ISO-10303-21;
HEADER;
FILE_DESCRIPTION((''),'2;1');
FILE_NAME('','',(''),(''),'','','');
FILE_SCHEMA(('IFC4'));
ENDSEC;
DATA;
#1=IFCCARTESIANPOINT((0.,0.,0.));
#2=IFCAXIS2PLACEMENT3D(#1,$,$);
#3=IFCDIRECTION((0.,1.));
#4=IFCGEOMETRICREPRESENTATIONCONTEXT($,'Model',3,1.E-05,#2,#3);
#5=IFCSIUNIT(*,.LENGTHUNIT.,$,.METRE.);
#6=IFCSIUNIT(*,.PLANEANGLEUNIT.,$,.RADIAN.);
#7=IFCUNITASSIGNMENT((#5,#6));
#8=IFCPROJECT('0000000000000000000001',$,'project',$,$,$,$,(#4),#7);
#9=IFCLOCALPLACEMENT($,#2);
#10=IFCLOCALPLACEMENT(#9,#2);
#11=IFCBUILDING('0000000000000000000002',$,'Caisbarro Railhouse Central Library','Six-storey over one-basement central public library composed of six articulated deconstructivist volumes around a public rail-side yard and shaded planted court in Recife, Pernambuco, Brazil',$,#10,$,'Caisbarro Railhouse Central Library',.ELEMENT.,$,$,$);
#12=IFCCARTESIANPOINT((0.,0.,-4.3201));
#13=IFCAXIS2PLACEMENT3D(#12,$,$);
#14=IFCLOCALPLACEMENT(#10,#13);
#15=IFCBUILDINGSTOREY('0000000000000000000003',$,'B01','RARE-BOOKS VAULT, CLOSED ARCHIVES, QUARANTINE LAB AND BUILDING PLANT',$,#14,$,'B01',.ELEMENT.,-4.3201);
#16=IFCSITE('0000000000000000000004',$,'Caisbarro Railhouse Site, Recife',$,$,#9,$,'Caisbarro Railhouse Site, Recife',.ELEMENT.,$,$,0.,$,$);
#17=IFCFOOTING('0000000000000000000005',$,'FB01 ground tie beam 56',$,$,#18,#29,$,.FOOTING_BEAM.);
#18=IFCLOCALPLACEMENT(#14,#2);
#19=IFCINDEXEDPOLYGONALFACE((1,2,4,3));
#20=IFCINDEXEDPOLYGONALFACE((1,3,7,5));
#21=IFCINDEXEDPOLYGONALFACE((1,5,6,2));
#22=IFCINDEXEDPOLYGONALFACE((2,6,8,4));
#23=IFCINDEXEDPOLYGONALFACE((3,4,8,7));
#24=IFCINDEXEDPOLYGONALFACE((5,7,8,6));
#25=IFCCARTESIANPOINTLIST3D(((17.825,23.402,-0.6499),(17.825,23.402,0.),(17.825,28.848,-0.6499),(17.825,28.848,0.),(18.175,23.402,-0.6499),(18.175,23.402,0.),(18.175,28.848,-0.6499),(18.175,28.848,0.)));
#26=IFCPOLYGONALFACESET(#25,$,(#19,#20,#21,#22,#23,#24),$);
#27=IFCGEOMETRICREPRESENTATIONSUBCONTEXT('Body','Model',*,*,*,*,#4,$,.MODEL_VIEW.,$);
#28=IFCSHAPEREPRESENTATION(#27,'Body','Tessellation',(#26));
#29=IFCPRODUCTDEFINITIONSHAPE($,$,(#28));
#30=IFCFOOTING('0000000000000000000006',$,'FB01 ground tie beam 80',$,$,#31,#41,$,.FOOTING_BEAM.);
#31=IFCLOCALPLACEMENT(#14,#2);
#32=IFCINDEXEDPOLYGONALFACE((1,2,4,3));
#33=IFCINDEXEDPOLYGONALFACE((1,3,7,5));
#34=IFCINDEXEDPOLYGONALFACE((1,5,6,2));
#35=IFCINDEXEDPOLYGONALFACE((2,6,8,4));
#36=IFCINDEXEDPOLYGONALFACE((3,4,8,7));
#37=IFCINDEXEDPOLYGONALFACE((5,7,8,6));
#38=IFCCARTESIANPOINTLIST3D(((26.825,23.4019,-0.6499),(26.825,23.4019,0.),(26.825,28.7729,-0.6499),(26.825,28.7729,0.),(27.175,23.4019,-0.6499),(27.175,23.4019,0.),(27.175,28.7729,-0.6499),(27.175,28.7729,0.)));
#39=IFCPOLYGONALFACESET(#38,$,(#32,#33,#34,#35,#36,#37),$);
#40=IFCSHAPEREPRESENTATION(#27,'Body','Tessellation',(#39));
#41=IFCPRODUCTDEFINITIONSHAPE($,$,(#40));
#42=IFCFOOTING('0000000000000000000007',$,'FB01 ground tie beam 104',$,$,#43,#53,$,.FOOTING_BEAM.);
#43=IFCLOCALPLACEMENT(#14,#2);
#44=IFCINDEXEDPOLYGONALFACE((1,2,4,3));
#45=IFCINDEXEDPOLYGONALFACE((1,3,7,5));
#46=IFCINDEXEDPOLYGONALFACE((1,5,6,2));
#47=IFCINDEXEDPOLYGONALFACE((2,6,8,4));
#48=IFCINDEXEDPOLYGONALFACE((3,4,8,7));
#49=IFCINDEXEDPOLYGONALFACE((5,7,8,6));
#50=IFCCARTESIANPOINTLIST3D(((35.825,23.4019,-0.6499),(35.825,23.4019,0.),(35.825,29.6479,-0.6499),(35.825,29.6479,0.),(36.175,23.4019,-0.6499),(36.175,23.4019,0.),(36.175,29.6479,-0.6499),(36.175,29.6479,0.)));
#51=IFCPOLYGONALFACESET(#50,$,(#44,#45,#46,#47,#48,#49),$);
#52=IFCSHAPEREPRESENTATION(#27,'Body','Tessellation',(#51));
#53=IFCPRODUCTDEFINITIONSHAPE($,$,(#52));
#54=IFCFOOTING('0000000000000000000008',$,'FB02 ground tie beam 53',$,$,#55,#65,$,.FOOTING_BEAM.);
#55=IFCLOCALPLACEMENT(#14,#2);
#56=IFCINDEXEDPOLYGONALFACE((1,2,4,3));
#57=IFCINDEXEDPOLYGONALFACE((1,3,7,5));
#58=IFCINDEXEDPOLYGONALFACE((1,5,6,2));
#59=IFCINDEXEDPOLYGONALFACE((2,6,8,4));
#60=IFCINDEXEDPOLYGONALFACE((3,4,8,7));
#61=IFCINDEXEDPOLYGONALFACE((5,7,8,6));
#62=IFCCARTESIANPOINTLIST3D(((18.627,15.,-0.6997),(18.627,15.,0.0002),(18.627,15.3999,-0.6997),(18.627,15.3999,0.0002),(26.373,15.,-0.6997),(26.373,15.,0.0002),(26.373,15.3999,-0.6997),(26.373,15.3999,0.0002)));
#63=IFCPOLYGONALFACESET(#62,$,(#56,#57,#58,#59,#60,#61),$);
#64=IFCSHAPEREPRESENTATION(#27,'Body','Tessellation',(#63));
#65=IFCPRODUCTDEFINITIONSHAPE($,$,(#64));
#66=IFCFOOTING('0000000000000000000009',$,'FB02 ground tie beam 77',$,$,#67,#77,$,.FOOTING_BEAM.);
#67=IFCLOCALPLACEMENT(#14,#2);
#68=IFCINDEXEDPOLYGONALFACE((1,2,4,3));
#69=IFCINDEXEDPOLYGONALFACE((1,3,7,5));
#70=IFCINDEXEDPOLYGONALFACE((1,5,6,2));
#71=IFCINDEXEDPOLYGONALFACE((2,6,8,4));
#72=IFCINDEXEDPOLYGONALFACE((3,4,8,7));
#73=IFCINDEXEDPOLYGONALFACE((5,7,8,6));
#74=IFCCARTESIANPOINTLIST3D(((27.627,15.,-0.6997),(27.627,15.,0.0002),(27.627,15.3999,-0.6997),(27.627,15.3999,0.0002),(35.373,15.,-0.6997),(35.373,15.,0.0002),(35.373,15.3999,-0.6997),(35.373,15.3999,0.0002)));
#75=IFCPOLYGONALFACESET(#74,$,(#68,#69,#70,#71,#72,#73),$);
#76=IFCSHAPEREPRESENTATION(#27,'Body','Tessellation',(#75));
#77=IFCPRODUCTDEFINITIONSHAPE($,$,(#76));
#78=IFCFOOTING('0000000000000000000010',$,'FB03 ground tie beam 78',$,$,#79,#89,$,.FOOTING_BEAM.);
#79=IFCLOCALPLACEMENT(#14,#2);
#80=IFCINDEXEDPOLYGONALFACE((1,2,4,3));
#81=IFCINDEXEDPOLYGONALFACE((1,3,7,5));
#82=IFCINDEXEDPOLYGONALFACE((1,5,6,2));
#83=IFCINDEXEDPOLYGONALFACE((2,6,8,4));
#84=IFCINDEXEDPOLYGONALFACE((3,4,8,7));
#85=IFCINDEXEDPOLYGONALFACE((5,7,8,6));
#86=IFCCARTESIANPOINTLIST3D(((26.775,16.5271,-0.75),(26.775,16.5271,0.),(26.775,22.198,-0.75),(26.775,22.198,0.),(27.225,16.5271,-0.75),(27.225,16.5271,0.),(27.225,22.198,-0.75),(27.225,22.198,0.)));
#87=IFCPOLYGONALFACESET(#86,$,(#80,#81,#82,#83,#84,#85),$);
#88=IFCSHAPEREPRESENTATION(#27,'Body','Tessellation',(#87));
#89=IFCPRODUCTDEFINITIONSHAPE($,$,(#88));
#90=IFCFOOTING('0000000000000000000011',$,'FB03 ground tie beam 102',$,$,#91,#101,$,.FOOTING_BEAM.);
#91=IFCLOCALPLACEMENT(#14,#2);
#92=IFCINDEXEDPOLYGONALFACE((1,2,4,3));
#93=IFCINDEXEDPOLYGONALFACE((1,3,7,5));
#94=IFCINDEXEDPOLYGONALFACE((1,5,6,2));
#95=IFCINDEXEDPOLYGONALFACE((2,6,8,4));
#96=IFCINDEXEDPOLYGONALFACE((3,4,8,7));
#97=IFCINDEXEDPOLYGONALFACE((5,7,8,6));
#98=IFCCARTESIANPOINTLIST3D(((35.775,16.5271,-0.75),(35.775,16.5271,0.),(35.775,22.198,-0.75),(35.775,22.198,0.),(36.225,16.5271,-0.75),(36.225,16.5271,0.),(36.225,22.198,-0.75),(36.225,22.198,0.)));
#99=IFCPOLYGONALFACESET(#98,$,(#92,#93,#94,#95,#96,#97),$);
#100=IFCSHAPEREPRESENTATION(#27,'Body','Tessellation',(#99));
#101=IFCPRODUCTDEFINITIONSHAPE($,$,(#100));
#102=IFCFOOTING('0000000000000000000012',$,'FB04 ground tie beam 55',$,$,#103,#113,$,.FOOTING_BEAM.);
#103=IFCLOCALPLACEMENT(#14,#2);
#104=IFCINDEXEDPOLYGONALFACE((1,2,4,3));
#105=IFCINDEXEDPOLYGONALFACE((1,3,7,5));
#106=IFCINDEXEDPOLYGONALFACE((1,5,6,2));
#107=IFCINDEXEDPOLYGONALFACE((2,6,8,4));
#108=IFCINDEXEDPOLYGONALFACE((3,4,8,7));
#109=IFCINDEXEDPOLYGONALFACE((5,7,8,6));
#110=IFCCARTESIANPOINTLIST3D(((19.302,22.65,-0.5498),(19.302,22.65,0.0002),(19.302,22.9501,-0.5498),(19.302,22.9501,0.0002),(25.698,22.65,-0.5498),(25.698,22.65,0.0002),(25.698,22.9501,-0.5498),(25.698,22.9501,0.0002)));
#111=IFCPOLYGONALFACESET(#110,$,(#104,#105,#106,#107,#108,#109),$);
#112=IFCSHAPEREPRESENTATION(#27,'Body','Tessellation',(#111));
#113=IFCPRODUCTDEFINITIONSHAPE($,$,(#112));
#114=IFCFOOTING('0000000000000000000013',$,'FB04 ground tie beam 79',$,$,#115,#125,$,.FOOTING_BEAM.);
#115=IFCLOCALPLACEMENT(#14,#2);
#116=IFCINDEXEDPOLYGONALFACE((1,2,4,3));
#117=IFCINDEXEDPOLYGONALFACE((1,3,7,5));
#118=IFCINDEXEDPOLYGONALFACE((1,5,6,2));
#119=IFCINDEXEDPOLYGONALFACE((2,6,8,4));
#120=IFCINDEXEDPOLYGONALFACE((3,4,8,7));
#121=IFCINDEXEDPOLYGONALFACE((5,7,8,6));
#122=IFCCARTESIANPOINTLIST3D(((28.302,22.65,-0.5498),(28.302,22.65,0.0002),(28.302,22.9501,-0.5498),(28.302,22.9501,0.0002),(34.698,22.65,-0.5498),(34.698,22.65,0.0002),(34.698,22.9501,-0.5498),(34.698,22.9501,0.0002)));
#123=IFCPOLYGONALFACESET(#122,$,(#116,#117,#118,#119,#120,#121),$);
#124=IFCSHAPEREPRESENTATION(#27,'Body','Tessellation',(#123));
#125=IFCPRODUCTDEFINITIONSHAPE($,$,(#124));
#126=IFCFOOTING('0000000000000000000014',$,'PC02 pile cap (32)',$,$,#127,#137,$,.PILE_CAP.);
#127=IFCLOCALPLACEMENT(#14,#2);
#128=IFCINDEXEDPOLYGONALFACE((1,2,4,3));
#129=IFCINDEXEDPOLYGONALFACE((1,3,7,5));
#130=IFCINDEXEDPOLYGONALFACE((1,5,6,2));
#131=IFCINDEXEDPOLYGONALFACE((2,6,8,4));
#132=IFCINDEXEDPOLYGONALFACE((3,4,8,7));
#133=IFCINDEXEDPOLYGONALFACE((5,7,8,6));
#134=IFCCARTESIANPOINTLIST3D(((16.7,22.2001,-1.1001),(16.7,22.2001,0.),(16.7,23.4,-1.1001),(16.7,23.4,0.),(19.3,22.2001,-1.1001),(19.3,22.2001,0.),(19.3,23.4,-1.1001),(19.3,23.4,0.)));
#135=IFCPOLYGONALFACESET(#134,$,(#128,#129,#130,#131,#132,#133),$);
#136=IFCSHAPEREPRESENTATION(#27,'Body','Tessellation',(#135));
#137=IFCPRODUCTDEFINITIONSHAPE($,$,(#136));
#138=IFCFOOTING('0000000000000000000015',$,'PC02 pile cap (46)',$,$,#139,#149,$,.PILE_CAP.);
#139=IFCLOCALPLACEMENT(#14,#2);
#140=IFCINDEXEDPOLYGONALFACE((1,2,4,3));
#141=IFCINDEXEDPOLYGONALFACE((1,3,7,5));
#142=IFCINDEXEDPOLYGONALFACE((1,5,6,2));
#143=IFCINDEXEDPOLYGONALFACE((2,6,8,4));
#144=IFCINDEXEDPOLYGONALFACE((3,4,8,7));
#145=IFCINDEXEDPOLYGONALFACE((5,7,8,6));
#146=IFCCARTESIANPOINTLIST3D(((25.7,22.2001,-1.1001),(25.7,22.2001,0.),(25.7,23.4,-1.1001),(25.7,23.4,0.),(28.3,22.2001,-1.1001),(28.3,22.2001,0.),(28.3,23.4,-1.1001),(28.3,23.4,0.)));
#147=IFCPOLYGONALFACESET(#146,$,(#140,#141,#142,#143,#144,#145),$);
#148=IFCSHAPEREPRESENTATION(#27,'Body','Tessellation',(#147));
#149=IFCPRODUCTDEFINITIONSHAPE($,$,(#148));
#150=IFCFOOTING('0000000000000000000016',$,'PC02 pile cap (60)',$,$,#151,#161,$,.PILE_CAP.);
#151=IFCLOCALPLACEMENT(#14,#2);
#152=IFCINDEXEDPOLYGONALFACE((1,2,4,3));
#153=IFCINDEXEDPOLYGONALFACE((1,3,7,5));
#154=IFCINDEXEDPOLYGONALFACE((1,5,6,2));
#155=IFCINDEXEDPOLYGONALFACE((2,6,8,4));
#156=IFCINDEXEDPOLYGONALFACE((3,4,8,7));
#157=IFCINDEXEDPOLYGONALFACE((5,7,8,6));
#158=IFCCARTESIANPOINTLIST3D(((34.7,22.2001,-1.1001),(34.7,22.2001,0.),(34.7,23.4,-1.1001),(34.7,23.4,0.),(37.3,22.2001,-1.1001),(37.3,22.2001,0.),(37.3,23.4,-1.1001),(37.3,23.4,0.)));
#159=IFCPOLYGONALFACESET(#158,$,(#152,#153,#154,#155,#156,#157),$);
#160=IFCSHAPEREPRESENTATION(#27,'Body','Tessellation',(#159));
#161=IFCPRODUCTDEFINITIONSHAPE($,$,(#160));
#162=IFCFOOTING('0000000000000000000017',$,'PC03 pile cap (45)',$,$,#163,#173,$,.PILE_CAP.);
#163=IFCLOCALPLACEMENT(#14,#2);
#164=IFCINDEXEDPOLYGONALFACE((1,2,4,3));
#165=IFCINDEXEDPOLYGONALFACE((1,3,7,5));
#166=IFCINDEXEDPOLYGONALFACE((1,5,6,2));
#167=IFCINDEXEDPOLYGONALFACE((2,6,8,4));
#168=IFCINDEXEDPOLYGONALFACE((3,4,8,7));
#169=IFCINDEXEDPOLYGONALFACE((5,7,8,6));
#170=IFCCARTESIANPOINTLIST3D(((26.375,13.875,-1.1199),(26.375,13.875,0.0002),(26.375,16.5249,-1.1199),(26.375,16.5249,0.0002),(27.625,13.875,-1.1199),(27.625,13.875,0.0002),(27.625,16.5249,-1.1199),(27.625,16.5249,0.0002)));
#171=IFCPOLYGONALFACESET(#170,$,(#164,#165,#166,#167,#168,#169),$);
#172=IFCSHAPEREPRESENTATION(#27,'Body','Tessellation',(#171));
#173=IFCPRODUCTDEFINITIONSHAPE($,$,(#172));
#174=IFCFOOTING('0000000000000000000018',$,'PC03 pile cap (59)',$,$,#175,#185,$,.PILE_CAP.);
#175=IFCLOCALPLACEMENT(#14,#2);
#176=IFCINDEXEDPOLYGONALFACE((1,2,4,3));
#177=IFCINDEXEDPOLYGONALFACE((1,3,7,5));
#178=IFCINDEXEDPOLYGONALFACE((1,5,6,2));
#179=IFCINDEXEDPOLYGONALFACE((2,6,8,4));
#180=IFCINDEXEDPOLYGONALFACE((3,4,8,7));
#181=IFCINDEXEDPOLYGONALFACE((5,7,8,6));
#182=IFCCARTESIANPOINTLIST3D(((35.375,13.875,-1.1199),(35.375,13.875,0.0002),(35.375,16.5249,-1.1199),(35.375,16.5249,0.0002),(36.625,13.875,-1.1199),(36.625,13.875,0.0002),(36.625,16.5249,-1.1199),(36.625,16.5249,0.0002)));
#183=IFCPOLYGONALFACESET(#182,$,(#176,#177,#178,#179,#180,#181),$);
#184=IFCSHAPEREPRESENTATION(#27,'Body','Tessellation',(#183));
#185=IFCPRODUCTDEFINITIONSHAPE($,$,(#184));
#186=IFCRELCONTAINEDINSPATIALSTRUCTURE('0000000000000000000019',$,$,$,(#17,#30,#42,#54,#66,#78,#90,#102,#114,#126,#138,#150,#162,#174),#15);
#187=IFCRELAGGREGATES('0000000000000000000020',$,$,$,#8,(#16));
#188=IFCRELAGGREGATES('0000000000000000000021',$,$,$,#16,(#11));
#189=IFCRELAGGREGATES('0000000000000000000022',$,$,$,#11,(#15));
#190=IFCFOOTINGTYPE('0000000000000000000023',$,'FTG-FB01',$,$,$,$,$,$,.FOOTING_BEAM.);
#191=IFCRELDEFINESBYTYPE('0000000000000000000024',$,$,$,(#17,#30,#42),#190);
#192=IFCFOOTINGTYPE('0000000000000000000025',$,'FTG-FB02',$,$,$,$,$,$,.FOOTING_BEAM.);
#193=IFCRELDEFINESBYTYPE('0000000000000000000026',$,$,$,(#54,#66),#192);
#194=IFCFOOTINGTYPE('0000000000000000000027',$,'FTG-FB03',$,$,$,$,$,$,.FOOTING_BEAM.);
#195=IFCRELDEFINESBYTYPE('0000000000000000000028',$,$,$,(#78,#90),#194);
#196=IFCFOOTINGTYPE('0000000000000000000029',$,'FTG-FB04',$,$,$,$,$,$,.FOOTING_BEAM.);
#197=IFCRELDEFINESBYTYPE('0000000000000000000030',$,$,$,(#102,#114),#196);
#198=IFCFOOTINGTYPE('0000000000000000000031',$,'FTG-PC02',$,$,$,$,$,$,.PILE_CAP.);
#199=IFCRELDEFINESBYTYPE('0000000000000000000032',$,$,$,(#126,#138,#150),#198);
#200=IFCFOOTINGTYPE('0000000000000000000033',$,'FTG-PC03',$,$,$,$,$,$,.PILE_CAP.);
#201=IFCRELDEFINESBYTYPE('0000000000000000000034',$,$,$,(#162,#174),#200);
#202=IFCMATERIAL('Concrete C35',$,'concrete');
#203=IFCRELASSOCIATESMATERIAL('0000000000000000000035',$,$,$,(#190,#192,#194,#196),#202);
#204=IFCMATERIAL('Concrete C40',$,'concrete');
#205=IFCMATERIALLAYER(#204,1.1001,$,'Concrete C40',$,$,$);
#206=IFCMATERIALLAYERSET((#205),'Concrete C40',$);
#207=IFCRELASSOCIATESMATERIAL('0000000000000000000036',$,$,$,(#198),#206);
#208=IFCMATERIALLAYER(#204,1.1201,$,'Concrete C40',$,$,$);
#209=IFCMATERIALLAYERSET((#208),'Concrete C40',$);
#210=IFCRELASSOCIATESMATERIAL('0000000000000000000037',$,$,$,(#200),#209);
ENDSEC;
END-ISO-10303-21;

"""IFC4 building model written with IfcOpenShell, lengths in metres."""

from ifc_helpers import new_model, si_unit, direction, frame, origin, origin_2d, place, context, subcontext, project, spatial, rectangle, extrude, material, layer, layer_set, type_object, element, save


model = new_model("IFC4")

# Units and contexts
model_context = context("Model", 3, precision=1e-05, world=origin(), true_north=direction((0.0, 1.0)))
body_context = subcontext(model_context, "Body", "Model", "MODEL_VIEW")
ifc_project = project(units=[si_unit("LENGTHUNIT", "METRE"), si_unit("PLANEANGLEUNIT", "RADIAN")], contexts=[model_context])

# Site, building, storey
site_placement = place(None, origin())
site = spatial("IfcSite", under=ifc_project, at=site_placement, Name="Caisbarro Railhouse Site, Recife", LongName="Caisbarro Railhouse Site, Recife", CompositionType="ELEMENT", RefElevation=0.0)
building_placement = place(site_placement, origin())
building = spatial("IfcBuilding", under=site, at=building_placement, Name="Caisbarro Railhouse Central Library", Description="Six-storey over one-basement central public library composed of six articulated deconstructivist volumes around a public rail-side yard and shaded planted court in Recife, Pernambuco, Brazil", LongName="Caisbarro Railhouse Central Library", CompositionType="ELEMENT")
storey_placement = place(building_placement, frame((0.0, 0.0, -4.3201)))
storey = spatial("IfcBuildingStorey", under=building, at=storey_placement, Name="B01", Description="RARE-BOOKS VAULT, CLOSED ARCHIVES, QUARANTINE LAB AND BUILDING PLANT", LongName="B01", CompositionType="ELEMENT", Elevation=-4.3201)

# Footings
ifc_material_1 = material(Name="Concrete C35", Category="concrete")
footing_type_1 = type_object("IfcFootingType", Name="FTG-FB01", PredefinedType="FOOTING_BEAM", material=ifc_material_1)
footing_1_placement = place(storey_placement, frame((18.0, 26.125, -0.6499), z_axis=(0.0, 0.0, 1.0), x_axis=(0.0, 1.0, 0.0)))
element("IfcFooting", 1, at=footing_1_placement, inside=storey, type_object=footing_type_1, Name="FB01 ground tie beam 56", PredefinedType="FOOTING_BEAM", context=body_context, shape_type="SweptSolid", body=[
    extrude(rectangle(XDim=5.446, YDim=0.3501, at=origin_2d()), origin(), (0.0, 0.0, 1.0), 0.6499),
])
footing_2_placement = place(storey_placement, frame((27.0, 26.0874, -0.6499), z_axis=(0.0, 0.0, 1.0), x_axis=(0.0, 1.0, 0.0)))
element("IfcFooting", 2, at=footing_2_placement, inside=storey, type_object=footing_type_1, Name="FB01 ground tie beam 80", PredefinedType="FOOTING_BEAM", context=body_context, shape_type="SweptSolid", body=[
    extrude(rectangle(XDim=5.3711, YDim=0.3501, at=origin_2d()), origin(), (0.0, 0.0, 1.0), 0.6499),
])
footing_3_placement = place(storey_placement, frame((36.0, 26.5249, -0.6499), z_axis=(0.0, 0.0, 1.0), x_axis=(0.0, 1.0, 0.0)))
element("IfcFooting", 3, at=footing_3_placement, inside=storey, type_object=footing_type_1, Name="FB01 ground tie beam 104", PredefinedType="FOOTING_BEAM", context=body_context, shape_type="SweptSolid", body=[
    extrude(rectangle(XDim=6.2461, YDim=0.3501, at=origin_2d()), origin(), (0.0, 0.0, 1.0), 0.6499),
])
footing_type_2 = type_object("IfcFootingType", Name="FTG-FB02", PredefinedType="FOOTING_BEAM", material=ifc_material_1)
for number, where, z_axis, x_axis, name in (
    (4, (22.5, 15.2, -0.6997), (0.0, 0.0, 1.0), (1.0, 0.0, 0.0), "FB02 ground tie beam 53"),
    (5, (31.5, 15.2, -0.6997), (0.0, 0.0, 1.0), (1.0, 0.0, 0.0), "FB02 ground tie beam 77"),
):
    element("IfcFooting", number, at=place(storey_placement, frame(where, z_axis=z_axis, x_axis=x_axis)), inside=storey, type_object=footing_type_2, Name=name, PredefinedType="FOOTING_BEAM", context=body_context, shape_type="SweptSolid", body=[
        extrude(rectangle(XDim=7.7461, YDim=0.3999, at=origin_2d()), origin(), (0.0, 0.0, 1.0), 0.7),
    ])
footing_type_3 = type_object("IfcFootingType", Name="FTG-FB03", PredefinedType="FOOTING_BEAM", material=ifc_material_1)
for number, where, z_axis, x_axis, name in (
    (6, (27.0, 19.3625, -0.75), (0.0, 0.0, 1.0), (0.0, 1.0, 0.0), "FB03 ground tie beam 78"),
    (7, (36.0, 19.3625, -0.75), (0.0, 0.0, 1.0), (0.0, 1.0, 0.0), "FB03 ground tie beam 102"),
):
    element("IfcFooting", number, at=place(storey_placement, frame(where, z_axis=z_axis, x_axis=x_axis)), inside=storey, type_object=footing_type_3, Name=name, PredefinedType="FOOTING_BEAM", context=body_context, shape_type="SweptSolid", body=[
        extrude(rectangle(XDim=5.6709, YDim=0.45, at=origin_2d()), origin(), (0.0, 0.0, 1.0), 0.75),
    ])
footing_type_4 = type_object("IfcFootingType", Name="FTG-FB04", PredefinedType="FOOTING_BEAM", material=ifc_material_1)
for number, where, z_axis, x_axis, name in (
    (8, (22.5, 22.8, -0.5498), (0.0, 0.0, 1.0), (1.0, 0.0, 0.0), "FB04 ground tie beam 55"),
    (9, (31.5, 22.8, -0.5498), (0.0, 0.0, 1.0), (1.0, 0.0, 0.0), "FB04 ground tie beam 79"),
):
    element("IfcFooting", number, at=place(storey_placement, frame(where, z_axis=z_axis, x_axis=x_axis)), inside=storey, type_object=footing_type_4, Name=name, PredefinedType="FOOTING_BEAM", context=body_context, shape_type="SweptSolid", body=[
        extrude(rectangle(XDim=6.396, YDim=0.3, at=origin_2d()), origin(), (0.0, 0.0, 1.0), 0.55),
    ])
ifc_material_2 = material(Name="Concrete C40", Category="concrete")
ifc_layer_1 = layer(ifc_material_2, 1.1001, Name="Concrete C40")
ifc_layer_set_1 = layer_set([ifc_layer_1], Name="Concrete C40")
footing_type_5 = type_object("IfcFootingType", Name="FTG-PC02", PredefinedType="PILE_CAP", material=ifc_layer_set_1)
for number, where, z_axis, x_axis, name in (
    (10, (18.0, 22.8, -1.1001), (0.0, 0.0, 1.0), (1.0, 0.0, 0.0), "PC02 pile cap (32)"),
    (11, (27.0, 22.8, -1.1001), (0.0, 0.0, 1.0), (1.0, 0.0, 0.0), "PC02 pile cap (46)"),
    (12, (36.0, 22.8, -1.1001), (0.0, 0.0, 1.0), (1.0, 0.0, 0.0), "PC02 pile cap (60)"),
):
    element("IfcFooting", number, at=place(storey_placement, frame(where, z_axis=z_axis, x_axis=x_axis)), inside=storey, type_object=footing_type_5, Name=name, PredefinedType="PILE_CAP", context=body_context, shape_type="SweptSolid", body=[
        extrude(rectangle(XDim=2.6001, YDim=1.2, at=origin_2d()), origin(), (0.0, 0.0, 1.0), 1.1001),
    ])
ifc_layer_2 = layer(ifc_material_2, 1.1201, Name="Concrete C40")
ifc_layer_set_2 = layer_set([ifc_layer_2], Name="Concrete C40")
footing_type_6 = type_object("IfcFootingType", Name="FTG-PC03", PredefinedType="PILE_CAP", material=ifc_layer_set_2)
for number, where, z_axis, x_axis, name in (
    (13, (27.0, 15.2, -1.1199), (0.0, 0.0, 1.0), (1.0, 0.0, 0.0), "PC03 pile cap (45)"),
    (14, (36.0, 15.2, -1.1199), (0.0, 0.0, 1.0), (1.0, 0.0, 0.0), "PC03 pile cap (59)"),
):
    element("IfcFooting", number, at=place(storey_placement, frame(where, z_axis=z_axis, x_axis=x_axis)), inside=storey, type_object=footing_type_6, Name=name, PredefinedType="PILE_CAP", context=body_context, shape_type="SweptSolid", body=[
        extrude(rectangle(XDim=1.25, YDim=2.6499, at=origin_2d()), origin(), (0.0, 0.0, 1.0), 1.1201),
    ])

save(model, "model.ifc")
